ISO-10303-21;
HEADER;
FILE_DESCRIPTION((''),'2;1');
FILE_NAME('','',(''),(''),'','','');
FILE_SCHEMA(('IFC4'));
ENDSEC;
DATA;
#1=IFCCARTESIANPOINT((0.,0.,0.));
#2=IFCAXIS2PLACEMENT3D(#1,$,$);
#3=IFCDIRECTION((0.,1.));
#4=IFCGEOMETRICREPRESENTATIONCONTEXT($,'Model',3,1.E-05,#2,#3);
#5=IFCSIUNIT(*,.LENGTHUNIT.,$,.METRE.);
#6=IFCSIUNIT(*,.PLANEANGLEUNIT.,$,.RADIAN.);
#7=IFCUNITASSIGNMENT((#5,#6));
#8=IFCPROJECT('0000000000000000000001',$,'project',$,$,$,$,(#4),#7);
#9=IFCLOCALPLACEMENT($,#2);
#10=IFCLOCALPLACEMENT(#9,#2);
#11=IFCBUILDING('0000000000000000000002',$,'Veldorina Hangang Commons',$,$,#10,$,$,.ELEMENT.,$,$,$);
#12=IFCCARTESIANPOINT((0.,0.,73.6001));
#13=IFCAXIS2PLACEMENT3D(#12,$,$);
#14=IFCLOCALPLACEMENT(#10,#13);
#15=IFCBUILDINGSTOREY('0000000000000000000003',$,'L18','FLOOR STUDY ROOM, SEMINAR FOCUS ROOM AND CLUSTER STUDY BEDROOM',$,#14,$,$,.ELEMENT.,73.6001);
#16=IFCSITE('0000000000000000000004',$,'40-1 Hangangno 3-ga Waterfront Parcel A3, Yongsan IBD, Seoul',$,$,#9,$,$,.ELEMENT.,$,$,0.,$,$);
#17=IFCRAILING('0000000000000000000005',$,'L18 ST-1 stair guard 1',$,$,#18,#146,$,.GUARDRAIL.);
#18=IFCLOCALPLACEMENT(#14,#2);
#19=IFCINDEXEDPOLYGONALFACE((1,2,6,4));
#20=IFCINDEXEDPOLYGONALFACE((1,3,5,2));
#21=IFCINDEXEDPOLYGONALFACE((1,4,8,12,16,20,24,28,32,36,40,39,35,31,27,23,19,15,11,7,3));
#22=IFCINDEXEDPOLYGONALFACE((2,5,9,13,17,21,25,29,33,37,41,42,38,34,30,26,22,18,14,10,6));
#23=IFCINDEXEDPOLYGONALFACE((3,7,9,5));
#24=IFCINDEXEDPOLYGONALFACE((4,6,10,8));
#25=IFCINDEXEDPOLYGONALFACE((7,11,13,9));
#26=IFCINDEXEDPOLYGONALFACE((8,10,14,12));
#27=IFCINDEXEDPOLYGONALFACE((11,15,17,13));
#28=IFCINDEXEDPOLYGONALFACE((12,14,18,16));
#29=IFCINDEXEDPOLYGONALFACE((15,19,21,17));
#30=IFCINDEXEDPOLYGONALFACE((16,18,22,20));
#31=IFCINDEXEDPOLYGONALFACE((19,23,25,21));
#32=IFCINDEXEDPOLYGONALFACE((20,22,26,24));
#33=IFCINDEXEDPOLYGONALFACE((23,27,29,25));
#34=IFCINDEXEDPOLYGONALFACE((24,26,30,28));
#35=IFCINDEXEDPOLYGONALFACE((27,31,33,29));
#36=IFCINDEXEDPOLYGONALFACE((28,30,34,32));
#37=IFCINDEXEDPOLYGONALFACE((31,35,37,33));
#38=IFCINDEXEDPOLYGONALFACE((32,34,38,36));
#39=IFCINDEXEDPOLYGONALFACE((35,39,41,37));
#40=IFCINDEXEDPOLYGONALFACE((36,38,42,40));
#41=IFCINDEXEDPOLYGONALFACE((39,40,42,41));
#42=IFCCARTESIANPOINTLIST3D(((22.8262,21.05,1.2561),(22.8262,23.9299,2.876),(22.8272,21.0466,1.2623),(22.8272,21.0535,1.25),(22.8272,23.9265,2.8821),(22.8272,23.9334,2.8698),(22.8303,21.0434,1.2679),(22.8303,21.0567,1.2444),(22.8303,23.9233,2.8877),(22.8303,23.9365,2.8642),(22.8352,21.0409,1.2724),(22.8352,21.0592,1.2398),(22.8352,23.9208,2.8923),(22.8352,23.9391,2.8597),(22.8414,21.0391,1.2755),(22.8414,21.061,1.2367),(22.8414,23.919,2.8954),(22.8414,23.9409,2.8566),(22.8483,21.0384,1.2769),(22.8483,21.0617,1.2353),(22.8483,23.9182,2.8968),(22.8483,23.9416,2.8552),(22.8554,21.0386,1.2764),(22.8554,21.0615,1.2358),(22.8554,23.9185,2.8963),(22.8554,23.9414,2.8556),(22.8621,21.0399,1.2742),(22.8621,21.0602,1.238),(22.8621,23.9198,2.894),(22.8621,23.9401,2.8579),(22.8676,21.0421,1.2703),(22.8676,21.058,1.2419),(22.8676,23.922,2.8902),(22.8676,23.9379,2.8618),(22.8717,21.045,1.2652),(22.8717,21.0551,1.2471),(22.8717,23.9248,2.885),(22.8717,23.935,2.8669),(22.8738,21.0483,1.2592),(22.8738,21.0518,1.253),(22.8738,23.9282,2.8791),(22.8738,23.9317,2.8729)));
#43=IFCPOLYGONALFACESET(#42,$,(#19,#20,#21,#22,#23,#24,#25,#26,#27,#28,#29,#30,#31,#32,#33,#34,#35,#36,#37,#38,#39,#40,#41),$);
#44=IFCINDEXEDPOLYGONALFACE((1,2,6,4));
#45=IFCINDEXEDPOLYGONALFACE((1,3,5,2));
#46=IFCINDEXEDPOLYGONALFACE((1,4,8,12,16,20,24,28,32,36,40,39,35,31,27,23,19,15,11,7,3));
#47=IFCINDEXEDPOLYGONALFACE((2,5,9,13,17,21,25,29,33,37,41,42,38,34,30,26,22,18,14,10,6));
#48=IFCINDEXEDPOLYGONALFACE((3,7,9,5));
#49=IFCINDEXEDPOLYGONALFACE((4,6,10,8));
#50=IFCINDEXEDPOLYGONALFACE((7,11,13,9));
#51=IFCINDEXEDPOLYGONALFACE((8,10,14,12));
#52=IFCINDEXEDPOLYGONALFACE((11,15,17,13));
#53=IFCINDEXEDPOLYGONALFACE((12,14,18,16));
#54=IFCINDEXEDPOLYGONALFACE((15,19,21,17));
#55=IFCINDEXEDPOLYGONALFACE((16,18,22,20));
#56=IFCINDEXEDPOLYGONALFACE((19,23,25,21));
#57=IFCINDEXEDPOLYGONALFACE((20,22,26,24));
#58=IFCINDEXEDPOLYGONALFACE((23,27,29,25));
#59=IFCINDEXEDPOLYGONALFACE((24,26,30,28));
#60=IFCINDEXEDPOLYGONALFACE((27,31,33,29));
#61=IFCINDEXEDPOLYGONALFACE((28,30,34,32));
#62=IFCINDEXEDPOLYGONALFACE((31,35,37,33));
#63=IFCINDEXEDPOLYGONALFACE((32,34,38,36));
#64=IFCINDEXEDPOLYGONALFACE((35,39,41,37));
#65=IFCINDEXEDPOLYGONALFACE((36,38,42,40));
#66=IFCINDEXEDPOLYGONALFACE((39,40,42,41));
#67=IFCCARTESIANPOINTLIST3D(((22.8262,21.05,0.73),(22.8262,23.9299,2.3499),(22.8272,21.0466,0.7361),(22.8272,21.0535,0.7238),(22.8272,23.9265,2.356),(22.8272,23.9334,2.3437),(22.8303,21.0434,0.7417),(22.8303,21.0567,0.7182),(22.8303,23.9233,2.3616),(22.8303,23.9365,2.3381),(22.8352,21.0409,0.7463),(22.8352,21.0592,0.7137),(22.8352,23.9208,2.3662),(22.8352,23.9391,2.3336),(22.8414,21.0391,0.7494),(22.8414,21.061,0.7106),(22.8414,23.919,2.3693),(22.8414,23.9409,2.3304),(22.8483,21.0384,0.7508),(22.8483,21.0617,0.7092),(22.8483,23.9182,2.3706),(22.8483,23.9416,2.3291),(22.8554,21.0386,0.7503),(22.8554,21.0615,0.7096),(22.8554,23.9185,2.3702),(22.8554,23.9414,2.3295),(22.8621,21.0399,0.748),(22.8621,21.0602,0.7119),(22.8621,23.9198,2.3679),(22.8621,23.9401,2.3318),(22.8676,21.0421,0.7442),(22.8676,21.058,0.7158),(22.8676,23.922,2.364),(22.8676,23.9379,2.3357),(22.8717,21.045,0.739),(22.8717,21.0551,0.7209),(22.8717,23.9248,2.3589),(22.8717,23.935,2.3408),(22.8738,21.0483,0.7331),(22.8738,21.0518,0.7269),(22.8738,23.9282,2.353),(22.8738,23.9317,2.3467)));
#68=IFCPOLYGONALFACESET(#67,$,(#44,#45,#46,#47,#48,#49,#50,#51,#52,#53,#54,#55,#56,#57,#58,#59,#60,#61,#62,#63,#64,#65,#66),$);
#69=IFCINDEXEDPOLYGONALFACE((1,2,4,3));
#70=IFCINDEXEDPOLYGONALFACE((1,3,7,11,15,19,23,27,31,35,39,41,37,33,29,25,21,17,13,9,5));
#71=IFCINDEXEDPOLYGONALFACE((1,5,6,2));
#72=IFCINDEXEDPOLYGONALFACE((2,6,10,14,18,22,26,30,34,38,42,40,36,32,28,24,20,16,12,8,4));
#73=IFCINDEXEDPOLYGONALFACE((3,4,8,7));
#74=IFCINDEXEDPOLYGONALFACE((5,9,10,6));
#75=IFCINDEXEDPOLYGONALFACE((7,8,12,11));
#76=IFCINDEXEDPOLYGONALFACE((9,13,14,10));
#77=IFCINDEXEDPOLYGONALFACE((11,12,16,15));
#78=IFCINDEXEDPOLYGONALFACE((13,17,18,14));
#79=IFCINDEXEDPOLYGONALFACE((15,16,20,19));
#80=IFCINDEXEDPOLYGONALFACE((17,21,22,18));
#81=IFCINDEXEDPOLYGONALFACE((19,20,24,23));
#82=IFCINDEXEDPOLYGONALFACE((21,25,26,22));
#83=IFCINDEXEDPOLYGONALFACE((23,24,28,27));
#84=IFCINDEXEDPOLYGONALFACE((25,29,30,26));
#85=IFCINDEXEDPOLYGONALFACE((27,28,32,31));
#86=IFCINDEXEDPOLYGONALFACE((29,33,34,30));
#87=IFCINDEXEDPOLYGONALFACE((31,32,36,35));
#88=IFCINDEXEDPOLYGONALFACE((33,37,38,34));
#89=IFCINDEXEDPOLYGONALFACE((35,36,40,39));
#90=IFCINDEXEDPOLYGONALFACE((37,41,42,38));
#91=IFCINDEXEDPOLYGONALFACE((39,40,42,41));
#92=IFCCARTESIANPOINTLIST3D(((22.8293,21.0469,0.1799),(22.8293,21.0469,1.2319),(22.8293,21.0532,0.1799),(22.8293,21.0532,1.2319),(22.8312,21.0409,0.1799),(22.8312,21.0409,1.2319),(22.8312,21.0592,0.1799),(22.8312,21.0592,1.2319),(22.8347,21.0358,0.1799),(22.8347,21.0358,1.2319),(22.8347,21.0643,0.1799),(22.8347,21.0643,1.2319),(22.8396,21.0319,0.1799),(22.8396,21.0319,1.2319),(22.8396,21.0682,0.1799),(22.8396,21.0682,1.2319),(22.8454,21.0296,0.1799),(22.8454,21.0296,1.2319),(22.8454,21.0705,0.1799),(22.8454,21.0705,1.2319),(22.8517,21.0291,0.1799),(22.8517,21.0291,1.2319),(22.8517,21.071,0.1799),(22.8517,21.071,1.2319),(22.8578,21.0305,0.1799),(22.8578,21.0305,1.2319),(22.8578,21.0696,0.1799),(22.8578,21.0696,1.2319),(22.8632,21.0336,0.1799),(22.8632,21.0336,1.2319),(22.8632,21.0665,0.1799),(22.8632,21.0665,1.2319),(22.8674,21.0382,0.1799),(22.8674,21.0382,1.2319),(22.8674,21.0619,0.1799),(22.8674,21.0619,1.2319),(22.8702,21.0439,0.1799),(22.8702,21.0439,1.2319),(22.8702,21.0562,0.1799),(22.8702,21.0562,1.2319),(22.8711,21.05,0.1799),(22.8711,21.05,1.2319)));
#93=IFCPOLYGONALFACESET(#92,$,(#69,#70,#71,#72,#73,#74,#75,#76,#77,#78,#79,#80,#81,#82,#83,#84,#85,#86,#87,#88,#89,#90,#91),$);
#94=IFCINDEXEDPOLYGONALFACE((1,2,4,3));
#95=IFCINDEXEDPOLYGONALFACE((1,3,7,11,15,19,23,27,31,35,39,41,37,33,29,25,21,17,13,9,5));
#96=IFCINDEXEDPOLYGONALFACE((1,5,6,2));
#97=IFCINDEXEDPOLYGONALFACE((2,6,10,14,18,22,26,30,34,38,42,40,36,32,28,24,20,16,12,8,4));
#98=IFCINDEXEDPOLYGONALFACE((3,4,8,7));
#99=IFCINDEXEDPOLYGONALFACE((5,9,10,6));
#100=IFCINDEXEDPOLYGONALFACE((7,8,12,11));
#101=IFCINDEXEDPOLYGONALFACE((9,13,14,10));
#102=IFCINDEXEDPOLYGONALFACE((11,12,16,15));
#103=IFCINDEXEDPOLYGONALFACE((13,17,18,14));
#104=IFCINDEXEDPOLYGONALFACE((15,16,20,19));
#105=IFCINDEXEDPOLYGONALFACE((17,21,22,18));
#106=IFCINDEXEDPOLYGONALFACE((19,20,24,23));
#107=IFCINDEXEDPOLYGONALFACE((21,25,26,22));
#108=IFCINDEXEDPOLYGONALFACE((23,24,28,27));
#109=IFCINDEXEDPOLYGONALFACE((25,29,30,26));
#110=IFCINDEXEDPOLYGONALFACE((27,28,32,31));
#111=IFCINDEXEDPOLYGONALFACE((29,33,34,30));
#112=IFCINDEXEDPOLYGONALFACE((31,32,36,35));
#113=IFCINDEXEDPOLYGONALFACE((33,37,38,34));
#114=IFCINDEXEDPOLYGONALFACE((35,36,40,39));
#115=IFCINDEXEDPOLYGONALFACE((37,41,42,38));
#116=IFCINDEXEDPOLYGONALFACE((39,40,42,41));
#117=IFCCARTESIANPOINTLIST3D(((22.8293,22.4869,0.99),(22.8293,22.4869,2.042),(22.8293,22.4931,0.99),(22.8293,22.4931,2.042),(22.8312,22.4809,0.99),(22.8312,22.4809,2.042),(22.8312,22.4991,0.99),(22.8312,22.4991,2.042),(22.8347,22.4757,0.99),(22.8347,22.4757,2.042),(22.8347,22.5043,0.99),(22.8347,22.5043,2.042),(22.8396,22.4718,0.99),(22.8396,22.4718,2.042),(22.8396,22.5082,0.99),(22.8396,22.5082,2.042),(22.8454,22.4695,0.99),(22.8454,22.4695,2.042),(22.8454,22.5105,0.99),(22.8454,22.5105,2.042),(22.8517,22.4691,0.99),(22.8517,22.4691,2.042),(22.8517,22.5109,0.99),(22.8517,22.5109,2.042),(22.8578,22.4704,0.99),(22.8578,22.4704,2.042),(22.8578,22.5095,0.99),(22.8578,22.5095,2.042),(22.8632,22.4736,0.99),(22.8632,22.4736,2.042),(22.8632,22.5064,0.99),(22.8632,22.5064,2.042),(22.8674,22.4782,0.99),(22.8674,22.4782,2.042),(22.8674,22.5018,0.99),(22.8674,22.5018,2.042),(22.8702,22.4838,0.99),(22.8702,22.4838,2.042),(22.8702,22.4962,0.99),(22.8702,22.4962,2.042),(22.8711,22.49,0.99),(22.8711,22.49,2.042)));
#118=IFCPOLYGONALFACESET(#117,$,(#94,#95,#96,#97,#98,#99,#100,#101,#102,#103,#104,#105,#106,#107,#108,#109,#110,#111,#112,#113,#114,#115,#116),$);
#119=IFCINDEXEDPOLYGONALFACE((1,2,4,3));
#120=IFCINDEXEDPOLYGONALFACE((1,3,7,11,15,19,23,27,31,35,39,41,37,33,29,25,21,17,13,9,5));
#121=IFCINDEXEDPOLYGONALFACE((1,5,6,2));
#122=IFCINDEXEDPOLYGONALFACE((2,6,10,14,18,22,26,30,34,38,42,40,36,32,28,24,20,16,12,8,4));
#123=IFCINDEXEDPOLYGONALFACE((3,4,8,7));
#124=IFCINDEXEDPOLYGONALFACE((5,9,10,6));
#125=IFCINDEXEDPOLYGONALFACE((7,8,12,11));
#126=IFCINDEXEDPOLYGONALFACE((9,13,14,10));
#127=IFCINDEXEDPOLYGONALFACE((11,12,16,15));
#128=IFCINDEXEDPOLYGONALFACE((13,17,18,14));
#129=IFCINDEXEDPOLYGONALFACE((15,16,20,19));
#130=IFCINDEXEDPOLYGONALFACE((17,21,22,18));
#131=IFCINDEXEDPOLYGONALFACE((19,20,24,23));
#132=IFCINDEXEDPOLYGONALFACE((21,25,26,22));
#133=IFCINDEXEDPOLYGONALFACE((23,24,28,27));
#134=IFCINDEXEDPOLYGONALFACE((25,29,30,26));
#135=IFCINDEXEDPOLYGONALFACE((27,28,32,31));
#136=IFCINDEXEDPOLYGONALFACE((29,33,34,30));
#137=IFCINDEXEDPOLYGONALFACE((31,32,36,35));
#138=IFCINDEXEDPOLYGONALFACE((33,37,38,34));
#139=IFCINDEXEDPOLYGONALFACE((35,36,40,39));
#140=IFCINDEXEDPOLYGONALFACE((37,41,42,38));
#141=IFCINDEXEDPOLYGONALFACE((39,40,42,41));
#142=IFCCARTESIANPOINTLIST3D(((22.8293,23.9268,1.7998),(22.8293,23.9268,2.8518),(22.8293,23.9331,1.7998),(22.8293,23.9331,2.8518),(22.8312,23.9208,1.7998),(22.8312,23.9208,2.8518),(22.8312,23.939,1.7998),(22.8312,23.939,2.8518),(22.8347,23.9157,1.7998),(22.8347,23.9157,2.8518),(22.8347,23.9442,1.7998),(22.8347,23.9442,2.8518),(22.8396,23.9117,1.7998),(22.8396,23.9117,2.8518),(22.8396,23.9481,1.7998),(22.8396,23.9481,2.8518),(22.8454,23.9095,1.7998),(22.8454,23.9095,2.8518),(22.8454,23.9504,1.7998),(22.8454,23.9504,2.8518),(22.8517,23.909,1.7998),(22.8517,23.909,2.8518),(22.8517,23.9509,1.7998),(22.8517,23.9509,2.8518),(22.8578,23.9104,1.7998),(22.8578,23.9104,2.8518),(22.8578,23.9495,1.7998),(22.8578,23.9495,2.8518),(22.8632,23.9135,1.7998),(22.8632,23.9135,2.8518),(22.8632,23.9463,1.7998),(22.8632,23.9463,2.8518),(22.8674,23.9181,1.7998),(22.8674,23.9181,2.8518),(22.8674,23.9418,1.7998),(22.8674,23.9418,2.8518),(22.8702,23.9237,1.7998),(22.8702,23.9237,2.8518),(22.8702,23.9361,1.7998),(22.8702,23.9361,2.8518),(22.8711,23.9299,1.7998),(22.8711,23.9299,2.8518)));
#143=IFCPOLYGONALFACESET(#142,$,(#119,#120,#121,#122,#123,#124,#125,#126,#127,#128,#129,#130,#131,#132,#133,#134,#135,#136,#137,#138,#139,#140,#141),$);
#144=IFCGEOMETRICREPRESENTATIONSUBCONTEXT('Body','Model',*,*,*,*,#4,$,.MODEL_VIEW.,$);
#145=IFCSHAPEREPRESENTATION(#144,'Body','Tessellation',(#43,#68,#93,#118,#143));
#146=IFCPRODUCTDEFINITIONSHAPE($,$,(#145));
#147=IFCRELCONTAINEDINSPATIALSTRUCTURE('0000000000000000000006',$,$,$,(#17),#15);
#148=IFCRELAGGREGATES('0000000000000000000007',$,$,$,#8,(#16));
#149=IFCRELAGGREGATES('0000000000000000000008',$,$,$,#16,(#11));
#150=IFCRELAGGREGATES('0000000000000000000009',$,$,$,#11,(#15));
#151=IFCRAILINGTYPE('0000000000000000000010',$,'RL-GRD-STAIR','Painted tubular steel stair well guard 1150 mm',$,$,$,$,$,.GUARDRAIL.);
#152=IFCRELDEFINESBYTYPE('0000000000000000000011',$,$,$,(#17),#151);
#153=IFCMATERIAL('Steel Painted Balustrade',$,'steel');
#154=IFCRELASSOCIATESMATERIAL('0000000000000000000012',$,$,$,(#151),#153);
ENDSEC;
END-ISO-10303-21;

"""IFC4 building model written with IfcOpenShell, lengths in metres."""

from ifc_helpers import new_model, si_unit, direction, frame, origin, origin_2d, place, context, subcontext, project, spatial, circle, extrude, material, type_object, element, save


model = new_model("IFC4")

# Units and contexts
model_context = context("Model", 3, precision=1e-05, world=origin(), true_north=direction((0.0, 1.0)))
body_context = subcontext(model_context, "Body", "Model", "MODEL_VIEW")
ifc_project = project(units=[si_unit("LENGTHUNIT", "METRE"), si_unit("PLANEANGLEUNIT", "RADIAN")], contexts=[model_context])

# Site, building, storey
site_placement = place(None, origin())
site = spatial("IfcSite", under=ifc_project, at=site_placement, Name="40-1 Hangangno 3-ga Waterfront Parcel A3, Yongsan IBD, Seoul", CompositionType="ELEMENT", RefElevation=0.0)
building_placement = place(site_placement, origin())
building = spatial("IfcBuilding", under=site, at=building_placement, Name="Veldorina Hangang Commons", CompositionType="ELEMENT")
storey_placement = place(building_placement, frame((0.0, 0.0, 73.6001)))
storey = spatial("IfcBuildingStorey", under=building, at=storey_placement, Name="L18", Description="FLOOR STUDY ROOM, SEMINAR FOCUS ROOM AND CLUSTER STUDY BEDROOM", CompositionType="ELEMENT", Elevation=73.6001)

# Railing
ifc_material_1 = material(Name="Steel Painted Balustrade", Category="steel")
railing_type = type_object("IfcRailingType", Name="RL-GRD-STAIR", Description="Painted tubular steel stair well guard 1150 mm", PredefinedType="GUARDRAIL", material=ifc_material_1)
railing_1_placement = place(storey_placement, frame((22.8501, 21.05, 0.1799)))
element("IfcRailing", 1, at=railing_1_placement, inside=storey, type_object=railing_type, Name="L18 ST-1 stair guard 1", PredefinedType="GUARDRAIL", context=body_context, shape_type="SweptSolid", body=[
    extrude(circle(Radius=0.0239, at=origin_2d()), frame((0.0, 0.0, 1.0762), z_axis=(0.0, 0.871583, 0.490247), x_axis=(-1.0, 0.0, 0.0)), (0.0, 0.0, 1.0), 3.3042),
    extrude(circle(Radius=0.0239, at=origin_2d()), frame((0.0, 0.0, 0.55), z_axis=(0.0, 0.871583, 0.490247), x_axis=(-1.0, 0.0, 0.0)), (0.0, 0.0, 1.0), 3.3042),
    extrude(circle(Radius=0.021, at=origin_2d()), origin(), (0.0, 0.0, 1.0), 1.052),
    extrude(circle(Radius=0.021, at=origin_2d()), frame((0.0, 1.4399, 0.8101)), (0.0, 0.0, 1.0), 1.052),
    extrude(circle(Radius=0.021, at=origin_2d()), frame((0.0, 2.8799, 1.6199)), (0.0, 0.0, 1.0), 1.052),
])

save(model, "model.ifc")
